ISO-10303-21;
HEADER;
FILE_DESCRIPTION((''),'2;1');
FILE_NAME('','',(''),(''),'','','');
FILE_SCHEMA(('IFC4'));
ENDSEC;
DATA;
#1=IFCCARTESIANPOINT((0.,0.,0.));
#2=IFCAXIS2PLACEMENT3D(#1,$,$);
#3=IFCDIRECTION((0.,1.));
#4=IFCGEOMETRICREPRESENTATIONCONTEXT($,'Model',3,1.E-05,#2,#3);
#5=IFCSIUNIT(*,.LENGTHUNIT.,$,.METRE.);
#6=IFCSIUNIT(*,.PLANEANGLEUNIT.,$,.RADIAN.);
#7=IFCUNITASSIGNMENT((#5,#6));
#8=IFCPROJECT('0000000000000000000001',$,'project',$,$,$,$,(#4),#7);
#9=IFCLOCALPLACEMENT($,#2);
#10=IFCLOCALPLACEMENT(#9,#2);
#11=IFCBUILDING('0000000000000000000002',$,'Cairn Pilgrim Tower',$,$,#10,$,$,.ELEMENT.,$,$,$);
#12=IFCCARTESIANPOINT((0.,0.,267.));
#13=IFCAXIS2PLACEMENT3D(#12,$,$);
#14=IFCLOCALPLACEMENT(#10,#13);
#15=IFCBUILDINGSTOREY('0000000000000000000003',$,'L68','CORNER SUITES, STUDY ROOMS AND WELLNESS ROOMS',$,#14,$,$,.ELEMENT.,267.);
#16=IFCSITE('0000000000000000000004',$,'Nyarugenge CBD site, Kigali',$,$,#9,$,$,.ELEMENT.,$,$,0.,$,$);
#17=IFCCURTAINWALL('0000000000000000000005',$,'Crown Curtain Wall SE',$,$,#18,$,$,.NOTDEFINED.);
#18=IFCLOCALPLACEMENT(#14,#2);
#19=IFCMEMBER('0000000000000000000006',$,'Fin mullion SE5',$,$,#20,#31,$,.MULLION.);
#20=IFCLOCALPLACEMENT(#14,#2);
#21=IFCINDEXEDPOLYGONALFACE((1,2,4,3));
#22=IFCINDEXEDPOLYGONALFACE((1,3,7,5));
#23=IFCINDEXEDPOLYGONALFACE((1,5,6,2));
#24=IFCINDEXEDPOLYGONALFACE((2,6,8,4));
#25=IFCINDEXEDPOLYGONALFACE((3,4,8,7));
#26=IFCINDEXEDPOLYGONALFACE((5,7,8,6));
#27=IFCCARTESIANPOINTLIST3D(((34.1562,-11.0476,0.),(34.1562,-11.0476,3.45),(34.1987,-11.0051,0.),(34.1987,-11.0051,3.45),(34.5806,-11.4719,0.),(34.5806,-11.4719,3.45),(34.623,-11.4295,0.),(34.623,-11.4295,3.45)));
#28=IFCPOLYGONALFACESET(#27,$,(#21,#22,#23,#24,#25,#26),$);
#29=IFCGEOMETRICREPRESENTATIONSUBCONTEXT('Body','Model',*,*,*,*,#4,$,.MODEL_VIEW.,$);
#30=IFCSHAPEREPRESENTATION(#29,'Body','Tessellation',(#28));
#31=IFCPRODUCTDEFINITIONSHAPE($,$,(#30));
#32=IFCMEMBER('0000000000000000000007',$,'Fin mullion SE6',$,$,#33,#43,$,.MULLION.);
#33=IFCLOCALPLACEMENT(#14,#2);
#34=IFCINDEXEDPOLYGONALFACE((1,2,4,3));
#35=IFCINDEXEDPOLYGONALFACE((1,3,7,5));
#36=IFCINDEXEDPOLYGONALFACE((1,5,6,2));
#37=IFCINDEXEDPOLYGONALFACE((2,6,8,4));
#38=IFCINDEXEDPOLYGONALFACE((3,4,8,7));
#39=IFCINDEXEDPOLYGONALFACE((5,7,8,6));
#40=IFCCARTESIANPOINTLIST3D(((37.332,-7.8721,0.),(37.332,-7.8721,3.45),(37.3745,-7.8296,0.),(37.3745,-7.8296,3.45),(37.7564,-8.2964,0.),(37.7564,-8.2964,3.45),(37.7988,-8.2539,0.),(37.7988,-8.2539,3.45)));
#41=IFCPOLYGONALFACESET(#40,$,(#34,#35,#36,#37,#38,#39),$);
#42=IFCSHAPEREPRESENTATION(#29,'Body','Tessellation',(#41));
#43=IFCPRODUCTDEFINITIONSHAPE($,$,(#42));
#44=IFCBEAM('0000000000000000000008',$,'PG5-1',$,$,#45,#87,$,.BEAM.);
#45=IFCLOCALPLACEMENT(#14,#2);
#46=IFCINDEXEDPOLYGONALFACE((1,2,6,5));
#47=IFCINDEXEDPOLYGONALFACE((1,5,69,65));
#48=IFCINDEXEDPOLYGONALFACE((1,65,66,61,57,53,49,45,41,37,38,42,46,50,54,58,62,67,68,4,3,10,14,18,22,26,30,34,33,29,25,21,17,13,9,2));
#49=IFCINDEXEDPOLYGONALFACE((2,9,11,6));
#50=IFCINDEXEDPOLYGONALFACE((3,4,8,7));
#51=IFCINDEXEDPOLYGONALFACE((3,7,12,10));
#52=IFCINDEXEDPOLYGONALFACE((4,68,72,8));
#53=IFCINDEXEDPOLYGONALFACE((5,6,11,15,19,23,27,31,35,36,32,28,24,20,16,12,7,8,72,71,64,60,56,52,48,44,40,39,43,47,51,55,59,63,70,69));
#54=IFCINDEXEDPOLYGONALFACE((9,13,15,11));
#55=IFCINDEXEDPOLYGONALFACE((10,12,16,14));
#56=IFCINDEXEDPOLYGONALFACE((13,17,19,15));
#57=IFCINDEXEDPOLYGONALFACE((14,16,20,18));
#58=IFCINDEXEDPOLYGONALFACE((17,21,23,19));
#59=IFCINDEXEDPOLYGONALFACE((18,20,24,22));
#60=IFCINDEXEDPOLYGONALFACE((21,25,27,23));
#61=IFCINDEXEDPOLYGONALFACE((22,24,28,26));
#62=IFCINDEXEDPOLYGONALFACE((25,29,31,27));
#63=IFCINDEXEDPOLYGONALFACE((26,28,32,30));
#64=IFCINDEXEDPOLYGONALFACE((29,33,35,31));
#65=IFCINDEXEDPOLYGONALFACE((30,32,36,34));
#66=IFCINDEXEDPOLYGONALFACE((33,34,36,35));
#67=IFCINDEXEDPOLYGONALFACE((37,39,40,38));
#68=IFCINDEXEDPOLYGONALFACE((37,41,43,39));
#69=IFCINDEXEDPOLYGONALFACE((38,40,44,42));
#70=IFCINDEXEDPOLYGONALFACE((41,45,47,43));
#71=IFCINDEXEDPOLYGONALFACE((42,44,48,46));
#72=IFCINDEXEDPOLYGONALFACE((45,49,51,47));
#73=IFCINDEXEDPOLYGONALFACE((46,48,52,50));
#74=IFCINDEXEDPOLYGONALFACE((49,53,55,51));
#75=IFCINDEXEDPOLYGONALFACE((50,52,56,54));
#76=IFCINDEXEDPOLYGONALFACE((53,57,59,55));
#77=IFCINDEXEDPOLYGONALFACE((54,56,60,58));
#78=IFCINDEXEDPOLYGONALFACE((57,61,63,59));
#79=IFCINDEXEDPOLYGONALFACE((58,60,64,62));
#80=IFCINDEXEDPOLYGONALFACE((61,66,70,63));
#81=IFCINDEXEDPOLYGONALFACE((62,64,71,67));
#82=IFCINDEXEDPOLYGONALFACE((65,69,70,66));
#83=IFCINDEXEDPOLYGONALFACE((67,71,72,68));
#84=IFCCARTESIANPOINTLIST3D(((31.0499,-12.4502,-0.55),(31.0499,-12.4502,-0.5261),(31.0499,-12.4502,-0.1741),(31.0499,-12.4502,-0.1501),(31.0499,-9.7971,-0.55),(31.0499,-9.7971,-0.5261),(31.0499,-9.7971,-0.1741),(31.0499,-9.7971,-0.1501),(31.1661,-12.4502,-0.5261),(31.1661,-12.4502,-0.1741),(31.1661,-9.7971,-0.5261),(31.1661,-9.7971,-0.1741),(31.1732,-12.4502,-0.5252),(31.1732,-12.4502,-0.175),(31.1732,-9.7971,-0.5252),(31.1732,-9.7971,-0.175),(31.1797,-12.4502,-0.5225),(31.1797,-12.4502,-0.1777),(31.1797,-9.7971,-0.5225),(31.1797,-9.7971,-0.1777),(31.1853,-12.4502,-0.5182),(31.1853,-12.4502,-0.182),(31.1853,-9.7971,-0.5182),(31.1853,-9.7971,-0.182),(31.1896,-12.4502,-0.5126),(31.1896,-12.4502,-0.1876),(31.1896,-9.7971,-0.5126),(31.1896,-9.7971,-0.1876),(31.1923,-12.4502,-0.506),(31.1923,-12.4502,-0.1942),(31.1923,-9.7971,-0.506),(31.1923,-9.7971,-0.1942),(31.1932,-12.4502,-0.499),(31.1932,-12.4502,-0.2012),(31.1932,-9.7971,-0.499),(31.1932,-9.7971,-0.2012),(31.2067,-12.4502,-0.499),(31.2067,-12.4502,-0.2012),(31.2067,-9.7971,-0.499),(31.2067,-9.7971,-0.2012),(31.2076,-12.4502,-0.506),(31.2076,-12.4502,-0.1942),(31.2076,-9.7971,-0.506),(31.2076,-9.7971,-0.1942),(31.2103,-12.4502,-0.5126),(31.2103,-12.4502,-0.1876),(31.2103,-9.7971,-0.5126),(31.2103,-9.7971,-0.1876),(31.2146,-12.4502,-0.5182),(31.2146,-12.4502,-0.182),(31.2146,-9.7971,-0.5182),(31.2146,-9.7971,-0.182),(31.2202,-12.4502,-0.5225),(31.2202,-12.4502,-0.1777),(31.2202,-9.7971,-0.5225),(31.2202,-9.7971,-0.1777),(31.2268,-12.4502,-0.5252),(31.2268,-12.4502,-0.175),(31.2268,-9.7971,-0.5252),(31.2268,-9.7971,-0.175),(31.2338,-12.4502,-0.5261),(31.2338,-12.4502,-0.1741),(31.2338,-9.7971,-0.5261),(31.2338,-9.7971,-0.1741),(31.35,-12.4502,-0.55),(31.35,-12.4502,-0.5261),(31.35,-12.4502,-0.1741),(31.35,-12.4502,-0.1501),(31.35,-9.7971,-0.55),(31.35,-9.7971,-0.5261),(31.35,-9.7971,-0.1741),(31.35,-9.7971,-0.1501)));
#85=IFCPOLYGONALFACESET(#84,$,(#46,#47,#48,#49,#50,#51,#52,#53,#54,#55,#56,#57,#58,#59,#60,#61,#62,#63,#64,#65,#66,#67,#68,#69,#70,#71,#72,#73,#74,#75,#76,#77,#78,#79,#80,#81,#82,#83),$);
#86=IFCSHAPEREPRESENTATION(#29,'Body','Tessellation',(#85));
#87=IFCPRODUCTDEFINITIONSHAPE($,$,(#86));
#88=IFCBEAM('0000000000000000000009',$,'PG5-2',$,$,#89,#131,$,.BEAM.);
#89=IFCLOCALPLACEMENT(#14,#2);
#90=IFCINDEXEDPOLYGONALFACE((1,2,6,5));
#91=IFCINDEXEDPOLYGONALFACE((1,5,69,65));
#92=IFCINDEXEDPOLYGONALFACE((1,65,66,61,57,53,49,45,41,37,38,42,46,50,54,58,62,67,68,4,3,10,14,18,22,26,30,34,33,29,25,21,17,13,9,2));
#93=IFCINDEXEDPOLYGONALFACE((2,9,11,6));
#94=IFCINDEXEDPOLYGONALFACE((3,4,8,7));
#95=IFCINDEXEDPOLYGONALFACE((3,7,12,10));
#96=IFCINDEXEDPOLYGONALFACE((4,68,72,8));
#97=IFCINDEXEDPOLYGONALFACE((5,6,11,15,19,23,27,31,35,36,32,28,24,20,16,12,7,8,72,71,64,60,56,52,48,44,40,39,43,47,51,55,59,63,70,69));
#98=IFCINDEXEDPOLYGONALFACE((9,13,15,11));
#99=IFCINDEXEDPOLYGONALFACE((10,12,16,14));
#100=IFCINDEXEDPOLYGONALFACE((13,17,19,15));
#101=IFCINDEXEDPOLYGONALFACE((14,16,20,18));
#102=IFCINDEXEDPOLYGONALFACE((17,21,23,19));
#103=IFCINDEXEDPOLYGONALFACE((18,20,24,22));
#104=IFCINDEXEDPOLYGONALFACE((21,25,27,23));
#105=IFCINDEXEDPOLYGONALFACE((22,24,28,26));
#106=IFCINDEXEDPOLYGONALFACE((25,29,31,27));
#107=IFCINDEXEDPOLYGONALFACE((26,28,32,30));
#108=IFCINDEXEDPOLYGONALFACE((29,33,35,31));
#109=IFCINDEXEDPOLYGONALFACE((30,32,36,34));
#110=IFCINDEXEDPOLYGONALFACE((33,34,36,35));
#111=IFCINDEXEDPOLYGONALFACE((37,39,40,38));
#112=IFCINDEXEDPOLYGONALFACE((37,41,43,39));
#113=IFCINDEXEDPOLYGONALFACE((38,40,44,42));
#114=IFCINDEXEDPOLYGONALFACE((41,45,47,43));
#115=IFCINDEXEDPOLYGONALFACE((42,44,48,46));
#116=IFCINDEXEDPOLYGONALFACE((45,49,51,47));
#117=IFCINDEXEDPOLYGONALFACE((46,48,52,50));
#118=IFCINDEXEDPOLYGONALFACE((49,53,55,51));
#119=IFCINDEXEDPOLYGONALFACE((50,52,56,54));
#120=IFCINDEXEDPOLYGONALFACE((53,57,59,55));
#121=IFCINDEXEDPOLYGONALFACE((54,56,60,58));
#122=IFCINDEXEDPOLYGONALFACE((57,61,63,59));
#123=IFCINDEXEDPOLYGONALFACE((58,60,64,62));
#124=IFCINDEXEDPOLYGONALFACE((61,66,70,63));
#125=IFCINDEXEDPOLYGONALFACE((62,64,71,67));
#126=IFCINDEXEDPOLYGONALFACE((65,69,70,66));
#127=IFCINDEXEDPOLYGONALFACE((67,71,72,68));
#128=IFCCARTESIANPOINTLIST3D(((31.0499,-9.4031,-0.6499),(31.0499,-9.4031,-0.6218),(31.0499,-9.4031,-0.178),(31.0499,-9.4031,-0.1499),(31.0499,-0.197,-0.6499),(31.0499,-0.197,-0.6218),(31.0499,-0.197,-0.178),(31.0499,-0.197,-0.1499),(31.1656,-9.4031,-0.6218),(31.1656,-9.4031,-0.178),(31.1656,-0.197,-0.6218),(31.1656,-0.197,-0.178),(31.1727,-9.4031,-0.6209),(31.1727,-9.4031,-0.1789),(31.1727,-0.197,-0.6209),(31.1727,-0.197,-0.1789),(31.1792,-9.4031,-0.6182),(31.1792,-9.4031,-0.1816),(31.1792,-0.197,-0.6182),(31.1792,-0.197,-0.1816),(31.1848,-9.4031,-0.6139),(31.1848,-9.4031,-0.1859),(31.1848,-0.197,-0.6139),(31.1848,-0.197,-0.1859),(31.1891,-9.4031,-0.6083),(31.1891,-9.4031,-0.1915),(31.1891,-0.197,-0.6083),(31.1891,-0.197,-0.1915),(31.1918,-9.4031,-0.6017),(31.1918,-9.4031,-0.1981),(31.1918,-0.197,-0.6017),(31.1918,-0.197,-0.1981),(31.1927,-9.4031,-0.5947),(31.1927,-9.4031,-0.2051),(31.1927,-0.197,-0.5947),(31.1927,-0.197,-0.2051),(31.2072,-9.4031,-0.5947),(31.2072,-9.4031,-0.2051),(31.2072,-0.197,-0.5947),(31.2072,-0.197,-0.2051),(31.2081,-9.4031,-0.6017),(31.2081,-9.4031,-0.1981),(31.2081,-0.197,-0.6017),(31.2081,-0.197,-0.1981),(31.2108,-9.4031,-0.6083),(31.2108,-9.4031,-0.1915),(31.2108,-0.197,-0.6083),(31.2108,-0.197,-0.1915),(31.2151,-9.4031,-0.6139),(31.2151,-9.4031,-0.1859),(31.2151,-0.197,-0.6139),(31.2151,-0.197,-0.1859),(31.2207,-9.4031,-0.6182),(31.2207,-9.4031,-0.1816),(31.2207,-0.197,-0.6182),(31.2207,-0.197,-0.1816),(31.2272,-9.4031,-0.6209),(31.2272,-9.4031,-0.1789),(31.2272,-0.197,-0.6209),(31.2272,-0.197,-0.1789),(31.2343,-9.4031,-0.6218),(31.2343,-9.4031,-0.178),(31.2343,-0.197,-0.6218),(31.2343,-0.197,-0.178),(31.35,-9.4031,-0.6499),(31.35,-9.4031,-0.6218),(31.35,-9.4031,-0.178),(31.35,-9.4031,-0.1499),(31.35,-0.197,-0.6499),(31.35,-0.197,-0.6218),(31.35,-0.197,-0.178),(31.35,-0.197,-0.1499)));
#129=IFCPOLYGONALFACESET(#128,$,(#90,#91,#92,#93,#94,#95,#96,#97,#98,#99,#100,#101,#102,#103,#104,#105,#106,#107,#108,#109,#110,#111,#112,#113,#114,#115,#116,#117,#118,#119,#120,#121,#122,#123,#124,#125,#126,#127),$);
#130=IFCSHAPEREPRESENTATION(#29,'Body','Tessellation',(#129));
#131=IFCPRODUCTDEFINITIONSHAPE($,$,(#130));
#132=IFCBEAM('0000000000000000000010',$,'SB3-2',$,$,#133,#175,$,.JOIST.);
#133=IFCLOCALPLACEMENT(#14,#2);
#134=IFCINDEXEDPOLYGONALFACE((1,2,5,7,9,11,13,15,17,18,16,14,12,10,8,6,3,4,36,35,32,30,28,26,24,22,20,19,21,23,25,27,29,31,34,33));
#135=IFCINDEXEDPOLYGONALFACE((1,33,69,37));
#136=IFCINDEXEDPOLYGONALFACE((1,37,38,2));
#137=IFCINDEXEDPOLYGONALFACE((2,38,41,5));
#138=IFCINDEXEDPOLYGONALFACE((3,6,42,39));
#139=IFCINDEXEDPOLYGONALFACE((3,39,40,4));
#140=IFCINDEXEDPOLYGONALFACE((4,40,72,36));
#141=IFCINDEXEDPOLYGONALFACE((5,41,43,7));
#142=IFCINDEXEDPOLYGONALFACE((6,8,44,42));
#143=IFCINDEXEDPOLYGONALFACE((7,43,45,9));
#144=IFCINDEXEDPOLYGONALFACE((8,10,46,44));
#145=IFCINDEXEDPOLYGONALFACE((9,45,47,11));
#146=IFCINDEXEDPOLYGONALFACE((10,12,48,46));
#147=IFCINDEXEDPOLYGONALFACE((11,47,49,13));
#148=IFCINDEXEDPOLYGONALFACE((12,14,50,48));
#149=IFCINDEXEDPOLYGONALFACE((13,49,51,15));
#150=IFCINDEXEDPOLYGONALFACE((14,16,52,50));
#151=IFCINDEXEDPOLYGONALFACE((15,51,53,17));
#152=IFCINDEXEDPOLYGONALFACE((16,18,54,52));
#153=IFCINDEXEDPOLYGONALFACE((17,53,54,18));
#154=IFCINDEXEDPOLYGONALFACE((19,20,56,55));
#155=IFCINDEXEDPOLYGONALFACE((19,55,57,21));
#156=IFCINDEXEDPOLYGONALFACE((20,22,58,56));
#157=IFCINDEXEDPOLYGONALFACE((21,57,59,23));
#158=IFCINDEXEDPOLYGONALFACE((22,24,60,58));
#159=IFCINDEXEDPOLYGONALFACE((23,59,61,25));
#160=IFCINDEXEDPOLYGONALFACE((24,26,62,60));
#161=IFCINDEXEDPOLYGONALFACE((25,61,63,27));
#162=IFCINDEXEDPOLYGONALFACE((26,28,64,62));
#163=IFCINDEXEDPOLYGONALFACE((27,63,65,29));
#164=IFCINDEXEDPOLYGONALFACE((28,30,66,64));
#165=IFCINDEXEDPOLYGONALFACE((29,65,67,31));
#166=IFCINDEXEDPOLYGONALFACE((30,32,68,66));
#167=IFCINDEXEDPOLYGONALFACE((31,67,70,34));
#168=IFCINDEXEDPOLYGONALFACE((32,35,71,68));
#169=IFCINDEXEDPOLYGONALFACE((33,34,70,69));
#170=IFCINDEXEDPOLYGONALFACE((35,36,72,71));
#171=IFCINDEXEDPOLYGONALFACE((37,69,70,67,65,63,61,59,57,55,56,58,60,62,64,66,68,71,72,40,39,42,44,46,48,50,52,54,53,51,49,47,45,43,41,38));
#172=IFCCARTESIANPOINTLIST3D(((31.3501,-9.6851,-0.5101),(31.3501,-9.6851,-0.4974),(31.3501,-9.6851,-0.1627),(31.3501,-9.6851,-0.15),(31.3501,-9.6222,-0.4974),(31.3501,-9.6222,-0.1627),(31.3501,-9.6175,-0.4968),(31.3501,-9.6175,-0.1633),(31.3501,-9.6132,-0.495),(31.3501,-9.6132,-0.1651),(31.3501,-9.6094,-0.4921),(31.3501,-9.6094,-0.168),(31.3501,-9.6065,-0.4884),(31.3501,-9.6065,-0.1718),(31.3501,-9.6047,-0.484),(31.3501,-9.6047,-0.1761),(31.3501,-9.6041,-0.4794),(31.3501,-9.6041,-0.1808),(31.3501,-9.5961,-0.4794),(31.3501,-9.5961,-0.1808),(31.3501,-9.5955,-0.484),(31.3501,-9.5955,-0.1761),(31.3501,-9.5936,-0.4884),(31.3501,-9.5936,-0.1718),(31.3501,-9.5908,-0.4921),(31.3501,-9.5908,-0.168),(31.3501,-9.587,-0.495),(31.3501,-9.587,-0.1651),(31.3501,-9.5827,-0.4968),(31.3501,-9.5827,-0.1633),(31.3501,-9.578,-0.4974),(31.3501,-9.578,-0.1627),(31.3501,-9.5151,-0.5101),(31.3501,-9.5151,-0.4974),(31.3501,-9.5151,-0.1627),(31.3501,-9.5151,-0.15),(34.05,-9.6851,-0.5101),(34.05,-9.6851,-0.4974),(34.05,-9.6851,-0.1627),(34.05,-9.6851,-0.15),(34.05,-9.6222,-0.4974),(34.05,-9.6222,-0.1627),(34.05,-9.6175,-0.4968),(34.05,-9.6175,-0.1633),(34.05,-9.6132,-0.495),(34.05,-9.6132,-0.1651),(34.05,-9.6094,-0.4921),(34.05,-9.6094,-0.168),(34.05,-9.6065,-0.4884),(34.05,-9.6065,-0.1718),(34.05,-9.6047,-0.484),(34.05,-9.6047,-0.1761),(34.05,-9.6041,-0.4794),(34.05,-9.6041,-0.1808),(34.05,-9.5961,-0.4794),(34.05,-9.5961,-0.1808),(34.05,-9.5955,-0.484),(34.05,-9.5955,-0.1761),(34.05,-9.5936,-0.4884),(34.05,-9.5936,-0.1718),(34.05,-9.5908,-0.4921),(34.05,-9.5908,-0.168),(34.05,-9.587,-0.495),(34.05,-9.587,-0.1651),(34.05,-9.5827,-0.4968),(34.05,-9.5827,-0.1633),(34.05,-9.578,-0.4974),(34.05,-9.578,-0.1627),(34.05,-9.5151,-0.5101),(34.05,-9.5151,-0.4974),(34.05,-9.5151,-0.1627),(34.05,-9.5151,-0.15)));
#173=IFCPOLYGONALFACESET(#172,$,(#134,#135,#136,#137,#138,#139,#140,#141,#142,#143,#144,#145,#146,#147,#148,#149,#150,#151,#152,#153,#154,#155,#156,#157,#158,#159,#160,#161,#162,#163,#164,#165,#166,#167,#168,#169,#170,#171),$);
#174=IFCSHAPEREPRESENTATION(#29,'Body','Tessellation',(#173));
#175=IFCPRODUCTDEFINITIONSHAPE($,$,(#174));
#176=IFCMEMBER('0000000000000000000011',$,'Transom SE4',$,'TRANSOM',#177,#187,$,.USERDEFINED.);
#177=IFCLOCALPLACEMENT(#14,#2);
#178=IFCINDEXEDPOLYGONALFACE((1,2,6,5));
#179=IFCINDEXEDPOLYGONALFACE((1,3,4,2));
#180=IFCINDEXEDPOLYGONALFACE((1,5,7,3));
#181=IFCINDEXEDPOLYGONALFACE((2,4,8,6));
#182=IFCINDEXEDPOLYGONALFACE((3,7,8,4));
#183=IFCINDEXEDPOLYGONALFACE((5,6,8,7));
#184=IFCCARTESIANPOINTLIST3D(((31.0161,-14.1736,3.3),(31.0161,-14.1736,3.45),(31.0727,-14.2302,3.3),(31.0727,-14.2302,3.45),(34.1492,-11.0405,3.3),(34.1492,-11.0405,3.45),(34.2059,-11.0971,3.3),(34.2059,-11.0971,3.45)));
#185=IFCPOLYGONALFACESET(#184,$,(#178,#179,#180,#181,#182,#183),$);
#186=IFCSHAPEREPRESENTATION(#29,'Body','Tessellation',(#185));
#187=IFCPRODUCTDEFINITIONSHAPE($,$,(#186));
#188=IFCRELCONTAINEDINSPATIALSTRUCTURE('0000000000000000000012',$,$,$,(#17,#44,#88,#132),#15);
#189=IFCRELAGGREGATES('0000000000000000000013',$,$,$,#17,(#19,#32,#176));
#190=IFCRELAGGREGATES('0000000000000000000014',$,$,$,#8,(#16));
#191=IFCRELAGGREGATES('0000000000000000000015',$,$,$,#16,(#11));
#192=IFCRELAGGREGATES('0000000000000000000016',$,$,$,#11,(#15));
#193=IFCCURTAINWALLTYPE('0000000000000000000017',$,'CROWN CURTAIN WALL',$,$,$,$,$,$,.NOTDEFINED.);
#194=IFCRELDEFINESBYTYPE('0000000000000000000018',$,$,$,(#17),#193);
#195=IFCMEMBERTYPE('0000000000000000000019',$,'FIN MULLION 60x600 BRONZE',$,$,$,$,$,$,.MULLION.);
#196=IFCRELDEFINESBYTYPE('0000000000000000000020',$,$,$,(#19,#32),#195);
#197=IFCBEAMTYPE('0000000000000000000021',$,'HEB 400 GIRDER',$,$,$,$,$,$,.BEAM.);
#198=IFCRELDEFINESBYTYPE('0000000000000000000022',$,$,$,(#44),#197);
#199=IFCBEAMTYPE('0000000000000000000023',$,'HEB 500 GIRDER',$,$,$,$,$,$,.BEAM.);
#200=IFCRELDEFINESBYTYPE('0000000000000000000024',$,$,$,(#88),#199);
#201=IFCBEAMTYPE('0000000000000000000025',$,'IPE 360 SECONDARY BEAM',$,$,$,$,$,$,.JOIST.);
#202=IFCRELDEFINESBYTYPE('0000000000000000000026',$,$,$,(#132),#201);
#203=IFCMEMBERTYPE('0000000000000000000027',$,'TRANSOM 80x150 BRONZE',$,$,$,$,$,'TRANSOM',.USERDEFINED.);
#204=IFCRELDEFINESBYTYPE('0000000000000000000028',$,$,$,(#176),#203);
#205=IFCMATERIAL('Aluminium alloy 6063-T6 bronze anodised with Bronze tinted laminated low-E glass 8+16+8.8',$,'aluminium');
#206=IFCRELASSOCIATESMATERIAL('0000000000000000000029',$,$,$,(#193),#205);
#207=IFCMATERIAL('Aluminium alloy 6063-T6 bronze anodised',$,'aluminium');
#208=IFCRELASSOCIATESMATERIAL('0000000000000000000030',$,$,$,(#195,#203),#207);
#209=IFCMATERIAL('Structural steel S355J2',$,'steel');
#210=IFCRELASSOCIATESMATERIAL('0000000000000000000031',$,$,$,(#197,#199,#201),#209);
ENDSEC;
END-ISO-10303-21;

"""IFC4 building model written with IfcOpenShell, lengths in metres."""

from ifc_helpers import new_model, si_unit, direction, frame, origin, origin_2d, place, context, subcontext, project, spatial, rectangle, i_section, extrude, material, material_profile, profile_set, type_object, element, aggregate, save


model = new_model("IFC4")

# Units and contexts
model_context = context("Model", 3, precision=1e-05, world=origin(), true_north=direction((0.0, 1.0)))
body_context = subcontext(model_context, "Body", "Model", "MODEL_VIEW")
ifc_project = project(units=[si_unit("LENGTHUNIT", "METRE"), si_unit("PLANEANGLEUNIT", "RADIAN")], contexts=[model_context])

# Site, building, storey
site_placement = place(None, origin())
site = spatial("IfcSite", under=ifc_project, at=site_placement, Name="Nyarugenge CBD site, Kigali", CompositionType="ELEMENT", RefElevation=0.0)
building_placement = place(site_placement, origin())
building = spatial("IfcBuilding", under=site, at=building_placement, Name="Cairn Pilgrim Tower", CompositionType="ELEMENT")
storey_placement = place(building_placement, frame((0.0, 0.0, 267.0)))
storey = spatial("IfcBuildingStorey", under=building, at=storey_placement, Name="L68", Description="CORNER SUITES, STUDY ROOMS AND WELLNESS ROOMS", CompositionType="ELEMENT", Elevation=267.0)

# Shared definitions
ifc_material_1 = material(Name="Structural steel S355J2", Category="steel")

# Curtain wall, members
ifc_material_2 = material(Name="Aluminium alloy 6063-T6 bronze anodised with Bronze tinted laminated low-E glass 8+16+8.8", Category="aluminium")
curtain_wall_type = type_object("IfcCurtainWallType", Name="CROWN CURTAIN WALL", PredefinedType="NOTDEFINED", material=ifc_material_2)
curtain_wall_placement = place(storey_placement, origin())
curtain_wall = element("IfcCurtainWall", 1, at=curtain_wall_placement, inside=storey, type_object=curtain_wall_type, Name="Crown Curtain Wall SE", PredefinedType="NOTDEFINED")
ifc_material_3 = material(Name="Aluminium alloy 6063-T6 bronze anodised", Category="aluminium")
ifc_material_profile_1 = material_profile(ifc_material_3, rectangle(XDim=0.6001, YDim=0.0601, at=origin_2d()), Name="FIN MULLION 60x600 BRONZE")
ifc_profile_set_1 = profile_set([ifc_material_profile_1], Name="Aluminium alloy 6063-T6 bronze anodised")
member_type_1 = type_object("IfcMemberType", Name="FIN MULLION 60x600 BRONZE", PredefinedType="MULLION", material=ifc_profile_set_1)
member_1_placement = place(storey_placement, frame((34.3896, -11.2385, 0.0), z_axis=(0.0, 0.0, 1.0), x_axis=(0.707107, -0.707107, 0.0)))
member_1 = element("IfcMember", 2, at=member_1_placement, type_object=member_type_1, Name="Fin mullion SE5", PredefinedType="MULLION", context=body_context, shape_type="SweptSolid", body=[
    extrude(rectangle(XDim=0.6001, YDim=0.0601, at=origin_2d()), origin(), (0.0, 0.0, 1.0), 3.45),
])
member_2_placement = place(storey_placement, frame((37.5654, -8.063, 0.0), z_axis=(0.0, 0.0, 1.0), x_axis=(0.707107, -0.707107, 0.0)))
member_2 = element("IfcMember", 3, at=member_2_placement, type_object=member_type_1, Name="Fin mullion SE6", PredefinedType="MULLION", context=body_context, shape_type="SweptSolid", body=[
    extrude(rectangle(XDim=0.6001, YDim=0.0601, at=origin_2d()), origin(), (0.0, 0.0, 1.0), 3.45),
])

# Beams
ifc_material_profile_2 = material_profile(ifc_material_1, i_section(OverallWidth=0.3, OverallDepth=0.3999, WebThickness=0.0134, FlangeThickness=0.0239, FilletRadius=0.0271, at=origin_2d()), Name="HEB 400")
ifc_profile_set_2 = profile_set([ifc_material_profile_2], Name="Structural steel S355J2")
beam_type_1 = type_object("IfcBeamType", Name="HEB 400 GIRDER", PredefinedType="BEAM", material=ifc_profile_set_2)
beam_1_placement = place(storey_placement, frame((31.2, -12.4502, -0.3501), z_axis=(0.0, 1.0, 0.0), x_axis=(-1.0, 0.0, 0.0)))
element("IfcBeam", 4, at=beam_1_placement, inside=storey, type_object=beam_type_1, Name="PG5-1", PredefinedType="BEAM", context=body_context, shape_type="SweptSolid", body=[
    extrude(i_section(OverallWidth=0.3, OverallDepth=0.3999, WebThickness=0.0134, FlangeThickness=0.0239, FilletRadius=0.0271, at=origin_2d()), origin(), (0.0, 0.0, 1.0), 2.6531),
])
ifc_material_profile_3 = material_profile(ifc_material_1, i_section(OverallWidth=0.3, OverallDepth=0.5, WebThickness=0.0144, FlangeThickness=0.0281, FilletRadius=0.0271, at=origin_2d()), Name="HEB 500")
ifc_profile_set_3 = profile_set([ifc_material_profile_3], Name="Structural steel S355J2")
beam_type_2 = type_object("IfcBeamType", Name="HEB 500 GIRDER", PredefinedType="BEAM", material=ifc_profile_set_3)
beam_2_placement = place(storey_placement, frame((31.2, -9.4031, -0.3999), z_axis=(0.0, 1.0, 0.0), x_axis=(-1.0, 0.0, 0.0)))
element("IfcBeam", 5, at=beam_2_placement, inside=storey, type_object=beam_type_2, Name="PG5-2", PredefinedType="BEAM", context=body_context, shape_type="SweptSolid", body=[
    extrude(i_section(OverallWidth=0.3, OverallDepth=0.5, WebThickness=0.0144, FlangeThickness=0.0281, FilletRadius=0.0271, at=origin_2d()), origin(), (0.0, 0.0, 1.0), 9.2061),
])
ifc_material_profile_4 = material_profile(ifc_material_1, i_section(OverallWidth=0.1699, OverallDepth=0.3601, WebThickness=0.0081, FlangeThickness=0.0127, FilletRadius=0.0181, at=origin_2d()), Name="IPE 360")
ifc_profile_set_4 = profile_set([ifc_material_profile_4], Name="Structural steel S355J2")
beam_type_3 = type_object("IfcBeamType", Name="IPE 360 SECONDARY BEAM", PredefinedType="JOIST", material=ifc_profile_set_4)
beam_3_placement = place(storey_placement, frame((31.3501, -9.6001, -0.3301), z_axis=(1.0, 0.0, 0.0), x_axis=(0.0, 1.0, 0.0)))
element("IfcBeam", 6, at=beam_3_placement, inside=storey, type_object=beam_type_3, Name="SB3-2", PredefinedType="JOIST", context=body_context, shape_type="SweptSolid", body=[
    extrude(i_section(OverallWidth=0.1699, OverallDepth=0.3601, WebThickness=0.0081, FlangeThickness=0.0127, FilletRadius=0.0181, at=origin_2d()), origin(), (0.0, 0.0, 1.0), 2.7),
])

# Member
ifc_material_profile_5 = material_profile(ifc_material_3, rectangle(XDim=0.0801, YDim=0.1499, at=origin_2d()), Name="TRANSOM 80x150 BRONZE")
ifc_profile_set_5 = profile_set([ifc_material_profile_5], Name="Aluminium alloy 6063-T6 bronze anodised")
member_type_2 = type_object("IfcMemberType", Name="TRANSOM 80x150 BRONZE", ElementType="TRANSOM", PredefinedType="USERDEFINED", material=ifc_profile_set_5)
member_3_placement = place(storey_placement, frame((31.0444, -14.2019, 3.375), z_axis=(0.707107, 0.707107, 0.0), x_axis=(-0.707107, 0.707107, 0.0)))
member_3 = element("IfcMember", 7, at=member_3_placement, type_object=member_type_2, Name="Transom SE4", ObjectType="TRANSOM", PredefinedType="USERDEFINED", context=body_context, shape_type="SweptSolid", body=[
    extrude(rectangle(XDim=0.0801, YDim=0.1499, at=origin_2d()), origin(), (0.0, 0.0, 1.0), 4.4309),
])

aggregate(curtain_wall, [member_1, member_2, member_3])

save(model, "model.ifc")
